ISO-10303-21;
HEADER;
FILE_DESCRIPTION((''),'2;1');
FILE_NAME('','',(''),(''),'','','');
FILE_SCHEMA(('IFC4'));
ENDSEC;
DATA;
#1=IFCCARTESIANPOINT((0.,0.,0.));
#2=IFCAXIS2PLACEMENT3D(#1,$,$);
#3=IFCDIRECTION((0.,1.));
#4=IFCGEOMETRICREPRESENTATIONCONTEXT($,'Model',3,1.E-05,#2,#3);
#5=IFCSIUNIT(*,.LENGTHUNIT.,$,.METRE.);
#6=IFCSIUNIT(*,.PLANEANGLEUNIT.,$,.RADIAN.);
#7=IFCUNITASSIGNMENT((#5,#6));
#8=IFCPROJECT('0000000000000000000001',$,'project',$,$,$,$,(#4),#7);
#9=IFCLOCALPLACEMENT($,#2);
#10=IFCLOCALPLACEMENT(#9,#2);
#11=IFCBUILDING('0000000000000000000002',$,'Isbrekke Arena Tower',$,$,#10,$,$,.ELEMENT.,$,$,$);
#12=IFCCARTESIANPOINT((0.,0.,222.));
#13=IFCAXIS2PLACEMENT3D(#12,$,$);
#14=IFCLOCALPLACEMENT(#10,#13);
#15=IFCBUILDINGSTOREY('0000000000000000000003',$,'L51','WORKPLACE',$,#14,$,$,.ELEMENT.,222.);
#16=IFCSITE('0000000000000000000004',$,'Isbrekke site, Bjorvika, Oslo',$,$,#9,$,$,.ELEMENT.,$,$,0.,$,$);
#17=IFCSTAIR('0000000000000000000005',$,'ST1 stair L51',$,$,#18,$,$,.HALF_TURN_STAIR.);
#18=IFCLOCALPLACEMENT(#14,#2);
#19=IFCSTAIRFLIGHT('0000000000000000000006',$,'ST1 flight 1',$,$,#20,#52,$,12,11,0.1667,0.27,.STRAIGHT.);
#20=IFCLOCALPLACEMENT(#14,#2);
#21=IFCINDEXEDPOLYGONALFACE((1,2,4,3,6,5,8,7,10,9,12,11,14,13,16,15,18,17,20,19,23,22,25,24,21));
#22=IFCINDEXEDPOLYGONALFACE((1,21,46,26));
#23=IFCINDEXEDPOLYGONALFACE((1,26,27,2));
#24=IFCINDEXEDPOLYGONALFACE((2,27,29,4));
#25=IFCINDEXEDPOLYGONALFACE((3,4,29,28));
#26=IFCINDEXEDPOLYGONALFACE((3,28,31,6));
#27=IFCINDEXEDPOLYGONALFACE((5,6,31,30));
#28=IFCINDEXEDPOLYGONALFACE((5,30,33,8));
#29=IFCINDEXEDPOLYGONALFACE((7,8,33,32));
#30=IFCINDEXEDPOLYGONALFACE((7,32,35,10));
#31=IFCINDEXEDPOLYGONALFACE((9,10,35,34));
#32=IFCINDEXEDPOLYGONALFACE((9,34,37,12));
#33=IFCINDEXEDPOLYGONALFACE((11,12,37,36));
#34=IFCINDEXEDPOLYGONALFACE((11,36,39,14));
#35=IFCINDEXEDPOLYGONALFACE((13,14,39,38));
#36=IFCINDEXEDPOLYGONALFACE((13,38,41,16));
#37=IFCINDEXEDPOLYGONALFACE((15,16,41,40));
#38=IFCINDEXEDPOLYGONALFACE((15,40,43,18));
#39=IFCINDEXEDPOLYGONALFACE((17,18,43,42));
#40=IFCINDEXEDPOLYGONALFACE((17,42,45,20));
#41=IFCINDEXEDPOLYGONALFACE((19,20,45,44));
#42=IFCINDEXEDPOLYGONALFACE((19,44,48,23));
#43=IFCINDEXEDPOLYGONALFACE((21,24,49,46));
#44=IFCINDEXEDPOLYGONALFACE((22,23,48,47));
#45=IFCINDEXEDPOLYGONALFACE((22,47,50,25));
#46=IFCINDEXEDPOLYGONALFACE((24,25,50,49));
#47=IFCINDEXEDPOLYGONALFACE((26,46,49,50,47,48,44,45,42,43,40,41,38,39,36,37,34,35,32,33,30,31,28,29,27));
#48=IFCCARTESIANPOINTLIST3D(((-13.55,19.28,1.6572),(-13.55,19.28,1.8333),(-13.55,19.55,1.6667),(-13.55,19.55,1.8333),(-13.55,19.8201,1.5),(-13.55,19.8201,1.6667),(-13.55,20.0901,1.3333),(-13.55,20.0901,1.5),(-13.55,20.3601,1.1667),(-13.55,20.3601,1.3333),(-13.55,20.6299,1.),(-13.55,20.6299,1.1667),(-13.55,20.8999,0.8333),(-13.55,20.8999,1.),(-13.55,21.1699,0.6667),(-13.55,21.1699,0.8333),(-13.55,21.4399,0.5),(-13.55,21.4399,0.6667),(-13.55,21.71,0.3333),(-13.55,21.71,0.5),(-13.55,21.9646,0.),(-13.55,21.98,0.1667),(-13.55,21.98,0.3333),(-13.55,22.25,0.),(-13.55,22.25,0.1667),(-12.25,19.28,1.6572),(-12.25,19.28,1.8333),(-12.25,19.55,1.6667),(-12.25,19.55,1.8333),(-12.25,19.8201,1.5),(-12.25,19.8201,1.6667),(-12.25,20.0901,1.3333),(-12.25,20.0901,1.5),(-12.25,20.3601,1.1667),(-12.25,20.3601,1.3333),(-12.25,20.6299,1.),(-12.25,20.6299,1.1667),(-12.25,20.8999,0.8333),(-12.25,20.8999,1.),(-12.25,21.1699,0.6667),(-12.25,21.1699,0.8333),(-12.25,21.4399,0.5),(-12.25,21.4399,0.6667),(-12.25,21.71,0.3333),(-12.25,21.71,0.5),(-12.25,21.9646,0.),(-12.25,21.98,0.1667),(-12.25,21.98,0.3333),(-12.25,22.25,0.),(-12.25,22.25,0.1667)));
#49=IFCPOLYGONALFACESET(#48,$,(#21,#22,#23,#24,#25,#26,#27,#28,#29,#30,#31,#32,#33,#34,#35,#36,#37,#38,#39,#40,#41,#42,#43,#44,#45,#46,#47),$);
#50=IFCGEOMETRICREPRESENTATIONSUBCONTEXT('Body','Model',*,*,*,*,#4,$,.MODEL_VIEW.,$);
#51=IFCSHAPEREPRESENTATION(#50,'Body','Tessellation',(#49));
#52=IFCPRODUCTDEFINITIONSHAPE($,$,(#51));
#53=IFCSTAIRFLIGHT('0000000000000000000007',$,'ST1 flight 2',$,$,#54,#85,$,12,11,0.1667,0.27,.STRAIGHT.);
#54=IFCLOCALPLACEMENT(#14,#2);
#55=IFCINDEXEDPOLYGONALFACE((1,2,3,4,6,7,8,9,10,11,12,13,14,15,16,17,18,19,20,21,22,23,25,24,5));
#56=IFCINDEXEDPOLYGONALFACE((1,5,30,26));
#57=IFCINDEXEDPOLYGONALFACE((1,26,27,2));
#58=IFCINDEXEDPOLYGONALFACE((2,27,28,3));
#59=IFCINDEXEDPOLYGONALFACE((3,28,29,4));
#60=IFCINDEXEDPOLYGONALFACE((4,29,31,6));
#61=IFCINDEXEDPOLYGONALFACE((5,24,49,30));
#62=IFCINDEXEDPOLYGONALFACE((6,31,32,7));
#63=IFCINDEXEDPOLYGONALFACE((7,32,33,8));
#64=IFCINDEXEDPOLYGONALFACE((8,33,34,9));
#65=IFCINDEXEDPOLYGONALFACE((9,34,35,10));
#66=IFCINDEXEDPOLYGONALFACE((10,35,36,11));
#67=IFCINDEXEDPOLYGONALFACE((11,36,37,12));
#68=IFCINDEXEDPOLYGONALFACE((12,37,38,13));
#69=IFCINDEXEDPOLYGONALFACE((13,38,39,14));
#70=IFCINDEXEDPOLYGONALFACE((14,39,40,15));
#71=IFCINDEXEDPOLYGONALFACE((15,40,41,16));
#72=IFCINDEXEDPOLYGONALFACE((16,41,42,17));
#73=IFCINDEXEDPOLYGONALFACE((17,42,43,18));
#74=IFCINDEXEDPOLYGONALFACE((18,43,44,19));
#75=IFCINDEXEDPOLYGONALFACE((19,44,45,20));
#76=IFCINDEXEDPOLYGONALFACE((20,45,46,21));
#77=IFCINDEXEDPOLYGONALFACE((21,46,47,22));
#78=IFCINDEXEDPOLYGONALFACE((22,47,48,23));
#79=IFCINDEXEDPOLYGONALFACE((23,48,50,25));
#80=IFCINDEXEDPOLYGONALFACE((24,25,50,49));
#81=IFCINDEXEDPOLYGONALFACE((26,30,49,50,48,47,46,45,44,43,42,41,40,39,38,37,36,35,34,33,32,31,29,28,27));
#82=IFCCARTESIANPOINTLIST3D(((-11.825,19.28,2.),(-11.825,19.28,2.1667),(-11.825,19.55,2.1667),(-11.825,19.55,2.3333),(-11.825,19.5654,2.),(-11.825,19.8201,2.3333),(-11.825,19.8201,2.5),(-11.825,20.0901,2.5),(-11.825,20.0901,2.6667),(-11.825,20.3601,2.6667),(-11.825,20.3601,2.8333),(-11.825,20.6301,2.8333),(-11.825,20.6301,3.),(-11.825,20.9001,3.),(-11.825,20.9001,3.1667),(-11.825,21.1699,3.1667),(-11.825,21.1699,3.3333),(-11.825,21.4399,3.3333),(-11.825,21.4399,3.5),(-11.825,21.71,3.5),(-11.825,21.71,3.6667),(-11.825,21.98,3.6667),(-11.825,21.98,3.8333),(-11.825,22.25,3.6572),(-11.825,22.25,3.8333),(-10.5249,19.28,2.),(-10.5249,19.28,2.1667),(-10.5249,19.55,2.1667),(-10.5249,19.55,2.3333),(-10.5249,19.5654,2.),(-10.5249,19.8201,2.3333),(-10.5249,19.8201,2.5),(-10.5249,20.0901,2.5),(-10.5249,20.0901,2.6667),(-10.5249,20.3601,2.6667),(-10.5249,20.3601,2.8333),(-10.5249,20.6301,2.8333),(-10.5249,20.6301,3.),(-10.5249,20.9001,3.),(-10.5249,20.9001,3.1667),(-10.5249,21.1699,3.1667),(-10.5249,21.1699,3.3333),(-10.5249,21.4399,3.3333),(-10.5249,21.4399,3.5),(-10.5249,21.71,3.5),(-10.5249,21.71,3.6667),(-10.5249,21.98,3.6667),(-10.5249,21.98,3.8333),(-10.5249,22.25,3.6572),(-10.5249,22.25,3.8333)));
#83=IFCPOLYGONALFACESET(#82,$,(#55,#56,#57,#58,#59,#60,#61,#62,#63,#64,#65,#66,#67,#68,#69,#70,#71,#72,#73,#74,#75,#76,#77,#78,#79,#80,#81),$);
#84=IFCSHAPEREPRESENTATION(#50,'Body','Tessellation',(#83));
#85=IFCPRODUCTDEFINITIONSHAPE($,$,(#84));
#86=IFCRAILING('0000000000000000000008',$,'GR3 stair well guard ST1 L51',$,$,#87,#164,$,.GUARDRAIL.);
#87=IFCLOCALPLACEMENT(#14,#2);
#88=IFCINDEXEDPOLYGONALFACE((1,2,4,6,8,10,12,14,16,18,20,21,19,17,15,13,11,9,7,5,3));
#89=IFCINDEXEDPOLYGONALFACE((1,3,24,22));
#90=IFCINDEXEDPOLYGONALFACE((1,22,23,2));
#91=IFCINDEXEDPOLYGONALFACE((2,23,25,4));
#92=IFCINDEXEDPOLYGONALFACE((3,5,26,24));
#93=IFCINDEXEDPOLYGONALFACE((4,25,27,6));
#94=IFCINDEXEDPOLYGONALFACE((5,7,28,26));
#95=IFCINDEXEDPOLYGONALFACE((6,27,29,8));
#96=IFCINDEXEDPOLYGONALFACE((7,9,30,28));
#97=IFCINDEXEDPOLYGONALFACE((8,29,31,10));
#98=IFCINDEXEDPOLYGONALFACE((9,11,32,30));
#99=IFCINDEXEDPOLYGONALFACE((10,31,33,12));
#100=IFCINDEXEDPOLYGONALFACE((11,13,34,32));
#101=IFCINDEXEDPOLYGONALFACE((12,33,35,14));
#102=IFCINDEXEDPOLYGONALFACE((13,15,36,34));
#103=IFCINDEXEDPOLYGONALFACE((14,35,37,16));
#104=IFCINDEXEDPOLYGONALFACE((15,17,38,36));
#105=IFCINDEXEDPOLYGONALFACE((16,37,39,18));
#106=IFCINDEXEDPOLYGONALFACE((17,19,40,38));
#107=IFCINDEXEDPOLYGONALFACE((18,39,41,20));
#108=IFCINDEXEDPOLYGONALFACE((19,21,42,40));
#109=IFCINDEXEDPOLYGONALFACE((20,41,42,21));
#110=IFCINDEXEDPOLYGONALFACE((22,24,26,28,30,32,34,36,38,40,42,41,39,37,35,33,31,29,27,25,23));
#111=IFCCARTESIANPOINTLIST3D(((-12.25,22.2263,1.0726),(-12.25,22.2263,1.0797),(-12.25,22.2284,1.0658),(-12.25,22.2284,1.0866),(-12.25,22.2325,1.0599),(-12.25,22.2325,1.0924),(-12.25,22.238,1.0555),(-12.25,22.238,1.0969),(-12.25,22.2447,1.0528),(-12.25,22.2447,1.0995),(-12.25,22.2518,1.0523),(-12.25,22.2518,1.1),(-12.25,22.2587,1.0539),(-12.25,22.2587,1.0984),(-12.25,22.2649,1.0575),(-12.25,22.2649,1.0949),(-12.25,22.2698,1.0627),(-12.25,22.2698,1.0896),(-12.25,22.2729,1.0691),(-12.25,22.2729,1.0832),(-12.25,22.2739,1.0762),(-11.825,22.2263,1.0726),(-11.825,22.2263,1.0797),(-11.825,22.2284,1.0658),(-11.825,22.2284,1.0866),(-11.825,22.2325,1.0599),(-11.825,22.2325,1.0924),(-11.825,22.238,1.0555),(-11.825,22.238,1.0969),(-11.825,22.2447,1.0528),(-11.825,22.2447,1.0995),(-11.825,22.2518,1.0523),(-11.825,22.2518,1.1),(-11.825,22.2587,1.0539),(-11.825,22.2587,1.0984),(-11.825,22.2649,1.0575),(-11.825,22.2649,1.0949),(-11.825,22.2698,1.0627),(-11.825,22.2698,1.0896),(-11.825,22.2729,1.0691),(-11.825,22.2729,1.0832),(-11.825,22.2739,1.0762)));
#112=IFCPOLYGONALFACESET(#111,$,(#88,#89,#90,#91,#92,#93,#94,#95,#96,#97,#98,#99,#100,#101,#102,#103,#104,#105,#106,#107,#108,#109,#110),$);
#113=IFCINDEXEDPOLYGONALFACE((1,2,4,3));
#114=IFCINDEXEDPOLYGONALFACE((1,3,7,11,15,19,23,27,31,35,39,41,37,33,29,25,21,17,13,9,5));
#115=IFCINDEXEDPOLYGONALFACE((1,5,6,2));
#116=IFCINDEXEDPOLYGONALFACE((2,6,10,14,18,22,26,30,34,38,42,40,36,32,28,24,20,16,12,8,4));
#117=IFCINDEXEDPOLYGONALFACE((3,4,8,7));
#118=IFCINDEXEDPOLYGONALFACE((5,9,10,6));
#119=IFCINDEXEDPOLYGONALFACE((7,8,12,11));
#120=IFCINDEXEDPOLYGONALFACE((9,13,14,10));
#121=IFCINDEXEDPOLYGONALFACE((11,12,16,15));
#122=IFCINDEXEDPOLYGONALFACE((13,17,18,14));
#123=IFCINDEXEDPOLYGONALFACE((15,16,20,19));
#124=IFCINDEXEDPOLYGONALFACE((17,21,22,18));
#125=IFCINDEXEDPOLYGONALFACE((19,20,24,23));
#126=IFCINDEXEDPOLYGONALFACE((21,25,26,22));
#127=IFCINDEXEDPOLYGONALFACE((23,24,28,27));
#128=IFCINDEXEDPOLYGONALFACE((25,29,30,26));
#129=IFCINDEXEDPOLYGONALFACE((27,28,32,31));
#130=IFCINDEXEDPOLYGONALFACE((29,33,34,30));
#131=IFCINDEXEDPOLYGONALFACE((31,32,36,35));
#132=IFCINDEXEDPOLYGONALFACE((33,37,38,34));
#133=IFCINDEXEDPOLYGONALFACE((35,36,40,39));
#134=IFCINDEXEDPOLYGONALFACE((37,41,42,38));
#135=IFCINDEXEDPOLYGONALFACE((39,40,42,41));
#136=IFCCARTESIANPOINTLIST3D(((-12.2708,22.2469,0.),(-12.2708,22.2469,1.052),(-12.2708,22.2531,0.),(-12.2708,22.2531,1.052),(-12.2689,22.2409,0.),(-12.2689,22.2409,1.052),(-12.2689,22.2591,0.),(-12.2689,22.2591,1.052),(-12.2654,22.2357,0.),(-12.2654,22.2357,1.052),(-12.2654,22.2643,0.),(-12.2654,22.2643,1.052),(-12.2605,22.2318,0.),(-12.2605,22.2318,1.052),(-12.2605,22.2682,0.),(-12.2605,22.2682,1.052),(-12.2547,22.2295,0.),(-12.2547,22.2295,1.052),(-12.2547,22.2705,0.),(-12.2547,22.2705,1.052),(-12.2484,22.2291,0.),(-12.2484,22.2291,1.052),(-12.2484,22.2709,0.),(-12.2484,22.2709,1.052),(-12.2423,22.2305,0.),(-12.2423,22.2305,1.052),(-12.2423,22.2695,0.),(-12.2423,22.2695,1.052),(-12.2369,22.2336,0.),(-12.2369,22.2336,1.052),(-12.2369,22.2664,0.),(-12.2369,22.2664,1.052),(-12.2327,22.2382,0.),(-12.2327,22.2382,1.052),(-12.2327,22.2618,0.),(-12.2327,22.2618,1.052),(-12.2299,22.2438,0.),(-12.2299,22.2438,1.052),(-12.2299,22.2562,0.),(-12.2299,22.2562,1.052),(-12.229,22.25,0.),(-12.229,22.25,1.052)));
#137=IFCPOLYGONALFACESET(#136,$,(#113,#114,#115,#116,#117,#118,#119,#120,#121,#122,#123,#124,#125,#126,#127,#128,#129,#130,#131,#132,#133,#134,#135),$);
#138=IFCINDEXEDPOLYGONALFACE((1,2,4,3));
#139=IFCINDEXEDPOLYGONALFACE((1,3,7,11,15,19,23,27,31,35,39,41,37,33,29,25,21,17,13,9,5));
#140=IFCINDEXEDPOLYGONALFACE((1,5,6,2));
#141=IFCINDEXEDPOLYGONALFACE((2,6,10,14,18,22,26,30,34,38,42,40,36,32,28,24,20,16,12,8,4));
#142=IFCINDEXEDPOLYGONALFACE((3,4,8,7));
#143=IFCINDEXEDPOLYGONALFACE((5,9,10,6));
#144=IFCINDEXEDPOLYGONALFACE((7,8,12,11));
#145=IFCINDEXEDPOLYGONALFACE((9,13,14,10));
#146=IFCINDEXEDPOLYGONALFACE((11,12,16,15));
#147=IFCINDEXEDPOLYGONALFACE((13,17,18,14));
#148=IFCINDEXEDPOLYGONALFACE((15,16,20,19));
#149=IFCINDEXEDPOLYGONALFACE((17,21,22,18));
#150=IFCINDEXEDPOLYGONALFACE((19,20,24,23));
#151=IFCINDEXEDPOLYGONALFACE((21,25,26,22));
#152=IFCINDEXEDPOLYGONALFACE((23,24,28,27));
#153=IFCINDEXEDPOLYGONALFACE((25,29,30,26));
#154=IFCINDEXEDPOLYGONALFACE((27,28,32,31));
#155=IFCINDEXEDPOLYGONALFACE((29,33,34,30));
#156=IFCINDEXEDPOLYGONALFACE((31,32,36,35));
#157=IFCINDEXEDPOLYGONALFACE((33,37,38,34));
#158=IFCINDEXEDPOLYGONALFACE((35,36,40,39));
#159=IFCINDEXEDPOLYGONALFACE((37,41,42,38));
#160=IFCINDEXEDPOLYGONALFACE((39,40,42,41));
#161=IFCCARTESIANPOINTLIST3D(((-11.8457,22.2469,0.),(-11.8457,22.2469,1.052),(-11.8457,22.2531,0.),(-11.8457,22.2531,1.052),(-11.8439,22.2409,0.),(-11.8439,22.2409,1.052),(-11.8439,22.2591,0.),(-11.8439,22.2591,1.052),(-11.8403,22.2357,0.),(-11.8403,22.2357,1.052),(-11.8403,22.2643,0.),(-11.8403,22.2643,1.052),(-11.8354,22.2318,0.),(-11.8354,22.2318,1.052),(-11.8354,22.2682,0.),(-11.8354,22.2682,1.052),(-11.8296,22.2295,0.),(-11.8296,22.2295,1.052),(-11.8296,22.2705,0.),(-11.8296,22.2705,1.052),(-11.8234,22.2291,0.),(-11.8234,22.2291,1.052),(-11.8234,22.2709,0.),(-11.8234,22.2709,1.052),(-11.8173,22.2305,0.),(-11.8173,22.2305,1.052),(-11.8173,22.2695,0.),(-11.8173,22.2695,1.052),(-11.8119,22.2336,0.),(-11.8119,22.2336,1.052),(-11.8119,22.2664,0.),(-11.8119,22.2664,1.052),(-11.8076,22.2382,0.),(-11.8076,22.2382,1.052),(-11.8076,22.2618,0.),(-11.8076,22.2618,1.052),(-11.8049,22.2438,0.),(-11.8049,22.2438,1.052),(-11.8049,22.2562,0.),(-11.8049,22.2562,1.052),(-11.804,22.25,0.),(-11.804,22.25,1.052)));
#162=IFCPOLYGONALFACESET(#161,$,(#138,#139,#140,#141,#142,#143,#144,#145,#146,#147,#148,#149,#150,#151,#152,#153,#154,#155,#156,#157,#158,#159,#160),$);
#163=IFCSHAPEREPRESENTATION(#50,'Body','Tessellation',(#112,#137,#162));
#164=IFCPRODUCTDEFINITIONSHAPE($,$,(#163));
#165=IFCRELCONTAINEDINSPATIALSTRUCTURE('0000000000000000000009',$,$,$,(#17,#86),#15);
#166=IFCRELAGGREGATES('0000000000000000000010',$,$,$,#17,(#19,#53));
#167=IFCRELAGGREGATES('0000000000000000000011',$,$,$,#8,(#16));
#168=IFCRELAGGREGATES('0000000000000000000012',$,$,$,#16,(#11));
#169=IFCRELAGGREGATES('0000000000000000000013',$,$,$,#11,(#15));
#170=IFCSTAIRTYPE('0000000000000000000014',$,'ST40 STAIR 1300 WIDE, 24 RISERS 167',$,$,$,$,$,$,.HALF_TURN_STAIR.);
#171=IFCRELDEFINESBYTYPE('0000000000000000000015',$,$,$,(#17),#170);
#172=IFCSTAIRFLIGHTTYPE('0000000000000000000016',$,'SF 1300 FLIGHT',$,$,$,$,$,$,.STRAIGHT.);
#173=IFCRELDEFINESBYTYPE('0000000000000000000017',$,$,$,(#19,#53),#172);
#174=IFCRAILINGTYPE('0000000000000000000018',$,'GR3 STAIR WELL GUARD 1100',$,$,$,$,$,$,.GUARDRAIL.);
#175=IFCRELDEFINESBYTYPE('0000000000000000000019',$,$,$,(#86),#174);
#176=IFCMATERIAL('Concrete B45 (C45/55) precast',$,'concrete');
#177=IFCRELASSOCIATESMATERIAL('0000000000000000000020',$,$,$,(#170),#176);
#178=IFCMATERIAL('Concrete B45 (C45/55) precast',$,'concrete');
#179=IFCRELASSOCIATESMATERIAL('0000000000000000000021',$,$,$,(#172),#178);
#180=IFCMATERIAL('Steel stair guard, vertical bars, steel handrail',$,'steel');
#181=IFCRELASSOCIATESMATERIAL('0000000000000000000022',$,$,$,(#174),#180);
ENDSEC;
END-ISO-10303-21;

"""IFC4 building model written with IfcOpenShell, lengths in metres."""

from ifc_helpers import new_model, si_unit, direction, frame, origin, origin_2d, place, context, subcontext, project, spatial, polyline, circle, outline, extrude, material, type_object, element, aggregate, save


model = new_model("IFC4")

# Units and contexts
model_context = context("Model", 3, precision=1e-05, world=origin(), true_north=direction((0.0, 1.0)))
body_context = subcontext(model_context, "Body", "Model", "MODEL_VIEW")
ifc_project = project(units=[si_unit("LENGTHUNIT", "METRE"), si_unit("PLANEANGLEUNIT", "RADIAN")], contexts=[model_context])

# Site, building, storey
site_placement = place(None, origin())
site = spatial("IfcSite", under=ifc_project, at=site_placement, Name="Isbrekke site, Bjorvika, Oslo", CompositionType="ELEMENT", RefElevation=0.0)
building_placement = place(site_placement, origin())
building = spatial("IfcBuilding", under=site, at=building_placement, Name="Isbrekke Arena Tower", CompositionType="ELEMENT")
storey_placement = place(building_placement, frame((0.0, 0.0, 222.0)))
storey = spatial("IfcBuildingStorey", under=building, at=storey_placement, Name="L51", Description="WORKPLACE", CompositionType="ELEMENT", Elevation=222.0)

# Stair, stair flights
ifc_material_1 = material(Name="Concrete B45 (C45/55) precast", Category="concrete")
stair_type = type_object("IfcStairType", Name="ST40 STAIR 1300 WIDE, 24 RISERS 167", PredefinedType="HALF_TURN_STAIR", material=ifc_material_1)
stair_placement = place(storey_placement, origin())
stair = element("IfcStair", 1, at=stair_placement, inside=storey, type_object=stair_type, Name="ST1 stair L51", PredefinedType="HALF_TURN_STAIR")
ifc_material_2 = material(Name="Concrete B45 (C45/55) precast", Category="concrete")
stair_flight_type = type_object("IfcStairFlightType", Name="SF 1300 FLIGHT", PredefinedType="STRAIGHT", material=ifc_material_2)
stair_flight_1_placement = place(storey_placement, frame((-12.8999, 22.25, 0.0), z_axis=(0.0, 0.0, 1.0), x_axis=(0.0, -1.0, 0.0)))
stair_flight_1 = element("IfcStairFlight", 2, at=stair_flight_1_placement, type_object=stair_flight_type, Name="ST1 flight 1", NumberOfRisers=12, NumberOfTreads=11, PredefinedType="STRAIGHT", RiserHeight=0.1667, TreadLength=0.27, context=body_context, shape_type="SweptSolid", body=[
    extrude(outline(polyline([(0.0, 0.0), (0.0, 0.1667), (0.27, 0.1667), (0.27, 0.3333), (0.54, 0.3333), (0.54, 0.5), (0.8101, 0.5), (0.8101, 0.6667), (1.0801, 0.6667), (1.0801, 0.8333), (1.3501, 0.8333), (1.3501, 1.0), (1.6201, 1.0), (1.6201, 1.1667), (1.8899, 1.1667), (1.8899, 1.3333), (2.1599, 1.3333), (2.1599, 1.5), (2.4299, 1.5), (2.4299, 1.6667), (2.7, 1.6667), (2.7, 1.8333), (2.97, 1.8333), (2.97, 2.0), (2.97, 1.6572), (0.2854, 0.0), (0.0, 0.0)])), frame((0.0, 0.6499, 0.0), z_axis=(0.0, -1.0, 0.0), x_axis=(1.0, 0.0, 0.0)), (0.0, 0.0, 1.0), 1.3),
])
stair_flight_2_placement = place(storey_placement, frame((-11.175, 19.28, 2.0), z_axis=(0.0, 0.0, 1.0), x_axis=(0.0, 1.0, 0.0)))
stair_flight_2 = element("IfcStairFlight", 3, at=stair_flight_2_placement, type_object=stair_flight_type, Name="ST1 flight 2", NumberOfRisers=12, NumberOfTreads=11, PredefinedType="STRAIGHT", RiserHeight=0.1667, TreadLength=0.27, context=body_context, shape_type="SweptSolid", body=[
    extrude(outline(polyline([(0.0, 0.0), (0.0, 0.1667), (0.27, 0.1667), (0.27, 0.3333), (0.54, 0.3333), (0.54, 0.5), (0.8101, 0.5), (0.8101, 0.6667), (1.0801, 0.6667), (1.0801, 0.8333), (1.3501, 0.8333), (1.3501, 1.0), (1.6201, 1.0), (1.6201, 1.1667), (1.8899, 1.1667), (1.8899, 1.3333), (2.1599, 1.3333), (2.1599, 1.5), (2.4299, 1.5), (2.4299, 1.6667), (2.7, 1.6667), (2.7, 1.8333), (2.97, 1.8333), (2.97, 2.0), (2.97, 1.6572), (0.2854, 0.0), (0.0, 0.0)])), frame((0.0, 0.6499, 0.0), z_axis=(0.0, -1.0, 0.0), x_axis=(1.0, 0.0, 0.0)), (0.0, 0.0, 1.0), 1.3),
])
aggregate(stair, [stair_flight_1, stair_flight_2])

# Railing
ifc_material_3 = material(Name="Steel stair guard, vertical bars, steel handrail", Category="steel")
railing_type = type_object("IfcRailingType", Name="GR3 STAIR WELL GUARD 1100", PredefinedType="GUARDRAIL", material=ifc_material_3)
for number, where, name in (
    (4, (-12.25, 22.25, 0.0), "GR3 stair well guard ST1 L51"),
):
    element("IfcRailing", number, at=place(storey_placement, frame(where)), inside=storey, type_object=railing_type, Name=name, PredefinedType="GUARDRAIL", context=body_context, shape_type="SweptSolid", body=[
        extrude(circle(Radius=0.0239, at=origin_2d()), frame((0.0, 0.0, 1.0762), z_axis=(1.0, 0.0, 0.0), x_axis=(0.0, 1.0, 0.0)), (0.0, 0.0, 1.0), 0.425),
        extrude(circle(Radius=0.021, at=origin_2d()), origin(), (0.0, 0.0, 1.0), 1.052),
        extrude(circle(Radius=0.021, at=origin_2d()), frame((0.425, 0.0, 0.0)), (0.0, 0.0, 1.0), 1.052),
    ])

save(model, "model.ifc")
